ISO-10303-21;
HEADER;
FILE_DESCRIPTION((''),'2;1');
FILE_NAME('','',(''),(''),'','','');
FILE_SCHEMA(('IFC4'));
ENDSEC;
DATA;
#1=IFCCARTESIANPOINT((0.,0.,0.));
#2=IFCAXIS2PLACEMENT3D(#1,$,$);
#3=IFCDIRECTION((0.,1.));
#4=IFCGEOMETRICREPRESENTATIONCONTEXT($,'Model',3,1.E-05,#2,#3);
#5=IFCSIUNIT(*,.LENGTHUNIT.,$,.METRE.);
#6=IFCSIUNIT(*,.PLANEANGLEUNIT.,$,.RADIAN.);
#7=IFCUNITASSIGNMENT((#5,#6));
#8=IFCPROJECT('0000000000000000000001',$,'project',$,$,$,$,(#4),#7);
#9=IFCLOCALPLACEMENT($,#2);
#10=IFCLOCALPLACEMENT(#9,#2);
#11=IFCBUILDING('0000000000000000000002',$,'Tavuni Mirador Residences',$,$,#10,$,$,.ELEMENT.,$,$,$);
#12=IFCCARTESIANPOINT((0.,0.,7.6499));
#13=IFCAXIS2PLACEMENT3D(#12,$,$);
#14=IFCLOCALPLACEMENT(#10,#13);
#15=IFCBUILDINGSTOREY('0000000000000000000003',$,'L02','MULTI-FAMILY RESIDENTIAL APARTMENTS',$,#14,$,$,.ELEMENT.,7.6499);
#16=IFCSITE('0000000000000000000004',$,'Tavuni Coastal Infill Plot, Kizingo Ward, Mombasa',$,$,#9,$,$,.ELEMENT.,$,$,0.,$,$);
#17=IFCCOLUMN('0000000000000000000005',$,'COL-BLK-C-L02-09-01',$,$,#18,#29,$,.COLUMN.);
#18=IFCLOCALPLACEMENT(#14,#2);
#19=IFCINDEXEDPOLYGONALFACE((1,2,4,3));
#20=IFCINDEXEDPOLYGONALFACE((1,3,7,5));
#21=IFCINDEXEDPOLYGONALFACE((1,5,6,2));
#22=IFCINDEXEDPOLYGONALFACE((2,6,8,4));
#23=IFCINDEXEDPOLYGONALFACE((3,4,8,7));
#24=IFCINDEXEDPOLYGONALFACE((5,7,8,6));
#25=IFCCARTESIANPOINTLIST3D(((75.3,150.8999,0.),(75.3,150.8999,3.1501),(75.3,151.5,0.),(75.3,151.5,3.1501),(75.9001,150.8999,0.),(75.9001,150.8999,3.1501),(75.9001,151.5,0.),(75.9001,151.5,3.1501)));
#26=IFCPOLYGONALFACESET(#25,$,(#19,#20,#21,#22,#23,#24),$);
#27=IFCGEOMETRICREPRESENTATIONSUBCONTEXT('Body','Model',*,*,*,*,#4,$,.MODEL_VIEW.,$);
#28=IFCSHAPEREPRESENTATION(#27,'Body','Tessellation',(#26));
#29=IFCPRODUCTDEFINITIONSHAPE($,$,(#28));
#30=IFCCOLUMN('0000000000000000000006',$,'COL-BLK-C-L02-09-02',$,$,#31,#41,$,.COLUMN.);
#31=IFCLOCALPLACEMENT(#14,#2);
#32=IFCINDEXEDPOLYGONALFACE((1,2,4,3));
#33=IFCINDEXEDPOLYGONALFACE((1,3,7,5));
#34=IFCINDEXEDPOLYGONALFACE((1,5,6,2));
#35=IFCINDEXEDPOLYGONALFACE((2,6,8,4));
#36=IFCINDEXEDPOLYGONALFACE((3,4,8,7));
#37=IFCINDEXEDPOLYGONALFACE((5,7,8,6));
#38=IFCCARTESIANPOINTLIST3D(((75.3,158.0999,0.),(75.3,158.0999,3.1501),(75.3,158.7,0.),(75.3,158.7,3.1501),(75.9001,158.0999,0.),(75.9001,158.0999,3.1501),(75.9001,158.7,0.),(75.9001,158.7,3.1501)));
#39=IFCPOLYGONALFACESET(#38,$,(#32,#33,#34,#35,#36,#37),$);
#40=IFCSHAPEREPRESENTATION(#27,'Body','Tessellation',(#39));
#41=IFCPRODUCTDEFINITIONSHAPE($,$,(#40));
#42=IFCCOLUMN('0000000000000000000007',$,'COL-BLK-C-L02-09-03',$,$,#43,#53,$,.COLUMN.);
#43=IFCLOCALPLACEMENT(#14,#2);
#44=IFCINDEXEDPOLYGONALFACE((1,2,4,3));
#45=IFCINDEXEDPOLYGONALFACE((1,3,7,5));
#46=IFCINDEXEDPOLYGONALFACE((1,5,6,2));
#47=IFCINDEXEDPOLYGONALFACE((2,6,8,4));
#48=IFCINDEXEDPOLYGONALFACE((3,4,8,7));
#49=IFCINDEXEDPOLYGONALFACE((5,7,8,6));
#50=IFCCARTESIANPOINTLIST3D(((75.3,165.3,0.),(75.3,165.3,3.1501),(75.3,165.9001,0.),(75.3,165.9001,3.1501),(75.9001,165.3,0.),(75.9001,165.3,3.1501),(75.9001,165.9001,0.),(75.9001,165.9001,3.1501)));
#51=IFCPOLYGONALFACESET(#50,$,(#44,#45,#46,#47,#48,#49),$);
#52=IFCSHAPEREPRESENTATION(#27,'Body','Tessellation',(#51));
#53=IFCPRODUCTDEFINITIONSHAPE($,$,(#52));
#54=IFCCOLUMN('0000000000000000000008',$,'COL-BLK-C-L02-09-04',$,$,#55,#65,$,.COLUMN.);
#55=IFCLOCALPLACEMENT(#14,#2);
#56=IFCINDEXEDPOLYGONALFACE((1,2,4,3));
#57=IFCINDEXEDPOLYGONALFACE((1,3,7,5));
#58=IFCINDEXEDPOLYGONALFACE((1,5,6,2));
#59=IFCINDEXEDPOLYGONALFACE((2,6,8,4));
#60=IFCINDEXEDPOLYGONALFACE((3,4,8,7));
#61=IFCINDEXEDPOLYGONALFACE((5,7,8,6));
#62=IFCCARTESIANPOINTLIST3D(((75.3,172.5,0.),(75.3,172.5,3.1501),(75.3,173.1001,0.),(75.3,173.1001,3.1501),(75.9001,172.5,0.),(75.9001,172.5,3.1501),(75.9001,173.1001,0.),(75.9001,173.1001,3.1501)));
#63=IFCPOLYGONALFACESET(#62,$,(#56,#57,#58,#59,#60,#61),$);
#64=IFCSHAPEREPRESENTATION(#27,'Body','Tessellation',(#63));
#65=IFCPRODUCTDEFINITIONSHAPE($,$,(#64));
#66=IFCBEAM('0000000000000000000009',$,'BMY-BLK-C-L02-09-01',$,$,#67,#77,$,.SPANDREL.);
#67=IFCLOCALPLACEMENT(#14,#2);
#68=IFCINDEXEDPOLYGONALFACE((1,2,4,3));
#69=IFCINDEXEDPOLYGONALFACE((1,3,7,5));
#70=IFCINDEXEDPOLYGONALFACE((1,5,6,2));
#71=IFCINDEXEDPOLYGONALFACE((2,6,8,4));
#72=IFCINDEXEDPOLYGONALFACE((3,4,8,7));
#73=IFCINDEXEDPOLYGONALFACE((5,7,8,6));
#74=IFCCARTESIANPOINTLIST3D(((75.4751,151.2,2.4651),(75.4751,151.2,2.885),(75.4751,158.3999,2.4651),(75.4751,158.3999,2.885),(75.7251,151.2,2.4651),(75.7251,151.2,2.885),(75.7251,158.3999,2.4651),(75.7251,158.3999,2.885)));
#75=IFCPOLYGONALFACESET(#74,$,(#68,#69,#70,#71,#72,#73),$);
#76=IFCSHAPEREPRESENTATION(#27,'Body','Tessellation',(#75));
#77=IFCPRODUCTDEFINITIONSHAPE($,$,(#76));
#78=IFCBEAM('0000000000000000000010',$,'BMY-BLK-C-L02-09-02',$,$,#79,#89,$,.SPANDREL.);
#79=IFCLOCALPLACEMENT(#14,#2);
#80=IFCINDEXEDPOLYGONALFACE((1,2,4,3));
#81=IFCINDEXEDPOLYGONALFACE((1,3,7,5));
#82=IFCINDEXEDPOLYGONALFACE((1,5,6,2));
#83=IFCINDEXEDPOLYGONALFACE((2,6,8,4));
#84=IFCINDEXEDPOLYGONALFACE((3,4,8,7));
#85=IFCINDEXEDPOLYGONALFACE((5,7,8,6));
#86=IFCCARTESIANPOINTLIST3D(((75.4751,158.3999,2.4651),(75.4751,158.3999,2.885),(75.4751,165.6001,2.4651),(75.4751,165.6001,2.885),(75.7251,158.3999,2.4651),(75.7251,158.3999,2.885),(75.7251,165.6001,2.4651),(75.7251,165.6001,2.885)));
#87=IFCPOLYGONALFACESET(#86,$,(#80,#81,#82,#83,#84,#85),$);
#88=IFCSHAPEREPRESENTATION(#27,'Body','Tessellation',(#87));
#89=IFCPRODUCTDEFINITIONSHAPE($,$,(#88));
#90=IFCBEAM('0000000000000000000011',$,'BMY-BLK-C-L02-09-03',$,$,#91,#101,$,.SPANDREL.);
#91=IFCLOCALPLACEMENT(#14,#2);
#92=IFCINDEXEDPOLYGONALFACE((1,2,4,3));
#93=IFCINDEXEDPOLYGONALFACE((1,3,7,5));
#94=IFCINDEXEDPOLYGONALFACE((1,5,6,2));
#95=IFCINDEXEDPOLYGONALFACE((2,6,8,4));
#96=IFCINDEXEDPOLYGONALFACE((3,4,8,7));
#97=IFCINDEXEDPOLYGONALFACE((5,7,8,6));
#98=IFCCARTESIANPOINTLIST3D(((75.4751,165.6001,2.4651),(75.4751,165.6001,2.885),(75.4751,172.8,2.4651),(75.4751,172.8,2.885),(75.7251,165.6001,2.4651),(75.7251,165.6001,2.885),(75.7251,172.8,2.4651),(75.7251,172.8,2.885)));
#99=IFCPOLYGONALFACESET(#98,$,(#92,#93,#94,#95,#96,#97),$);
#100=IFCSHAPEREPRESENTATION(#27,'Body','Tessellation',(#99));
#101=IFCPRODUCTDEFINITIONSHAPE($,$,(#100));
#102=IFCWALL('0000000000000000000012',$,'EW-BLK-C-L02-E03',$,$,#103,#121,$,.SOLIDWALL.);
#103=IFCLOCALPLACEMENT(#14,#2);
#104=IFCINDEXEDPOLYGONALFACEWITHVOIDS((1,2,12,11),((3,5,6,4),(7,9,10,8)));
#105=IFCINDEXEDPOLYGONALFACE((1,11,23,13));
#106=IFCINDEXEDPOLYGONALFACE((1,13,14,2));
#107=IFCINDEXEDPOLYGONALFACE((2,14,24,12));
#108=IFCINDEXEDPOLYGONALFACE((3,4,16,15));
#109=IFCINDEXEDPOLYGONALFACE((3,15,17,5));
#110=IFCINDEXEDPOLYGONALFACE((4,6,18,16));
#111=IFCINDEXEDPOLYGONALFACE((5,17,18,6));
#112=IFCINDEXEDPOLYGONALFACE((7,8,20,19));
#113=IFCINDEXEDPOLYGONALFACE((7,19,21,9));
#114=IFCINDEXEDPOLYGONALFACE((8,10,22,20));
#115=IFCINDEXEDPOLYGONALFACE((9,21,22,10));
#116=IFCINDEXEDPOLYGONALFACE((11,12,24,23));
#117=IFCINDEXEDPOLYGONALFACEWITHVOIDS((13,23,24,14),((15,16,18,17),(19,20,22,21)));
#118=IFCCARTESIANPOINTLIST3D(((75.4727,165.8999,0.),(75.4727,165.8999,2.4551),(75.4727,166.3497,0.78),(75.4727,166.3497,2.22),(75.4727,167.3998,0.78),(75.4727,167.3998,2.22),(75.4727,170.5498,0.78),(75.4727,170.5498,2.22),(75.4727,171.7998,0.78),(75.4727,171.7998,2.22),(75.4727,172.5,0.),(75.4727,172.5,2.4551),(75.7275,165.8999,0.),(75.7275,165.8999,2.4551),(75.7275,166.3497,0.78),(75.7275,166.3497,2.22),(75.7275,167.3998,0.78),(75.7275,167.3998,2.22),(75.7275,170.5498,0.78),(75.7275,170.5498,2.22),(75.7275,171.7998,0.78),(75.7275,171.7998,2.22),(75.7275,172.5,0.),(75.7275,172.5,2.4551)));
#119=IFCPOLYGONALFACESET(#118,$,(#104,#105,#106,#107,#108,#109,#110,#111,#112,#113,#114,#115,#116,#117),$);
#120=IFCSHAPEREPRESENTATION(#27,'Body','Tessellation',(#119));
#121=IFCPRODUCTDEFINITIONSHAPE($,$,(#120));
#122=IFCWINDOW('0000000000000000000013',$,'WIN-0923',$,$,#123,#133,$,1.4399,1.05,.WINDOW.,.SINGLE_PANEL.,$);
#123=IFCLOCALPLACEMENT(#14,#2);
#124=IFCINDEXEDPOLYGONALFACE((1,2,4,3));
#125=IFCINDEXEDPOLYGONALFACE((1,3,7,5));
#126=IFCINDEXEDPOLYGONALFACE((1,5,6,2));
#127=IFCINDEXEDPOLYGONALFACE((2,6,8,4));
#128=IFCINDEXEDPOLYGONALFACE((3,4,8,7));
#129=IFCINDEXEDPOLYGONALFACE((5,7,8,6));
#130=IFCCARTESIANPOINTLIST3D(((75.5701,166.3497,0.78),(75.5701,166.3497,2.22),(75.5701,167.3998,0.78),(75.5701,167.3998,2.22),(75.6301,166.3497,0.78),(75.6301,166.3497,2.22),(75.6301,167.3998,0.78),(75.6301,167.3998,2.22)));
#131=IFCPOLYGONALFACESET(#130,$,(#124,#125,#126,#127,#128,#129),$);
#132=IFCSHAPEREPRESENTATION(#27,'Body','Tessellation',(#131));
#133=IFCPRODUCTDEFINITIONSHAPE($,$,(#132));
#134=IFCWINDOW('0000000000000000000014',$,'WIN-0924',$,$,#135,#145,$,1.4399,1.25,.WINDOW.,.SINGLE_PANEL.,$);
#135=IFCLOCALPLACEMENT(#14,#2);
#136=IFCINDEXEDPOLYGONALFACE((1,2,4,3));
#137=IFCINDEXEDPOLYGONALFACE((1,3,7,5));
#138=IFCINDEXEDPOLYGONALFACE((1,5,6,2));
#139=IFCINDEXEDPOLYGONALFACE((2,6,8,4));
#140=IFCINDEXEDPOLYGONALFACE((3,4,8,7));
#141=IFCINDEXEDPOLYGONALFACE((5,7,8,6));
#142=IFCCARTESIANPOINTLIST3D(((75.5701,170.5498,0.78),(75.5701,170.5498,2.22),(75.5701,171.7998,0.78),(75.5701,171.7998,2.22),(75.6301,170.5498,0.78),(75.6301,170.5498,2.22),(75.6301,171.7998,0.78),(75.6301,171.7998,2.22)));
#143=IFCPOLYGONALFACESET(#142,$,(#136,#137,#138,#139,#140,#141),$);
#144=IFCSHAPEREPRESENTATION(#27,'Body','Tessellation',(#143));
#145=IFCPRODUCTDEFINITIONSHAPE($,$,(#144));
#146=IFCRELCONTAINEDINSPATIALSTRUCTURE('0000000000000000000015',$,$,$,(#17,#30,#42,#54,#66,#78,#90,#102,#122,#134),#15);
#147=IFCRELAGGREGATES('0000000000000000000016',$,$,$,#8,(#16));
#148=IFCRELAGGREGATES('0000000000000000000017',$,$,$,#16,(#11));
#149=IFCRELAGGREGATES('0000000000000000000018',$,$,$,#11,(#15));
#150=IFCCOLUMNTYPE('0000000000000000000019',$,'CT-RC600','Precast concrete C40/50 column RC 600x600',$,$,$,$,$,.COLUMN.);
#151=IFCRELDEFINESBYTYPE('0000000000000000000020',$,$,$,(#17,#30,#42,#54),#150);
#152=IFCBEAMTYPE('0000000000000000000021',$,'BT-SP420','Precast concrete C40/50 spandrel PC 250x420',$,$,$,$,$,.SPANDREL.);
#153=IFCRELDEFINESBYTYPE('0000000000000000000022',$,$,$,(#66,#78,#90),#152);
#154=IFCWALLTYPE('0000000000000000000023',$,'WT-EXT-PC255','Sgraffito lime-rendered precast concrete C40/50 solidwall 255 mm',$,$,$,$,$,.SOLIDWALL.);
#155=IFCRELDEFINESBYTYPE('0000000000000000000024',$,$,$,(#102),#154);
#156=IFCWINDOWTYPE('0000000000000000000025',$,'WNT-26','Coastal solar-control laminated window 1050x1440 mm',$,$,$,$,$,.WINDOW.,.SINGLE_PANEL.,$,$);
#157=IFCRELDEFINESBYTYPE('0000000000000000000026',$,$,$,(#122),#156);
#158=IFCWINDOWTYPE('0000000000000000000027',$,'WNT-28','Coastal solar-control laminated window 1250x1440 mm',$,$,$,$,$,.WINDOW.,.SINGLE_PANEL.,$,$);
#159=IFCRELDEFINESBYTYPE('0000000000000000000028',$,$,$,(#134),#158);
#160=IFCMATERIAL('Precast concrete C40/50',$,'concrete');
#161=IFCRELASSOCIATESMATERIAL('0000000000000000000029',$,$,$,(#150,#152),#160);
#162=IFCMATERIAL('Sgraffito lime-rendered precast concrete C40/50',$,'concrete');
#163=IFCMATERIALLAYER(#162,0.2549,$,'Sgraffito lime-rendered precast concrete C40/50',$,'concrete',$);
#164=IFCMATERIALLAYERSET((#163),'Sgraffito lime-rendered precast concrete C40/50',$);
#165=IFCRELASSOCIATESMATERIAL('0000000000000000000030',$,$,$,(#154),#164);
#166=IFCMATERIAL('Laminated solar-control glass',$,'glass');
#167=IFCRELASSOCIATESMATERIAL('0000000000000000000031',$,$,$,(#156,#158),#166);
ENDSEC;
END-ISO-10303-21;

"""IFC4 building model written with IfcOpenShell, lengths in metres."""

from ifc_helpers import new_model, si_unit, direction, frame, frame_2d, origin, origin_2d, place, context, subcontext, project, spatial, rectangle, extrude, material, layer, layer_set, material_profile, profile_set, type_object, element, fill, save


model = new_model("IFC4")

# Units and contexts
model_context = context("Model", 3, precision=1e-05, world=origin(), true_north=direction((0.0, 1.0)))
body_context = subcontext(model_context, "Body", "Model", "MODEL_VIEW")
ifc_project = project(units=[si_unit("LENGTHUNIT", "METRE"), si_unit("PLANEANGLEUNIT", "RADIAN")], contexts=[model_context])

# Site, building, storey
site_placement = place(None, origin())
site = spatial("IfcSite", under=ifc_project, at=site_placement, Name="Tavuni Coastal Infill Plot, Kizingo Ward, Mombasa", CompositionType="ELEMENT", RefElevation=0.0)
building_placement = place(site_placement, origin())
building = spatial("IfcBuilding", under=site, at=building_placement, Name="Tavuni Mirador Residences", CompositionType="ELEMENT")
storey_placement = place(building_placement, frame((0.0, 0.0, 7.6499)))
storey = spatial("IfcBuildingStorey", under=building, at=storey_placement, Name="L02", Description="MULTI-FAMILY RESIDENTIAL APARTMENTS", CompositionType="ELEMENT", Elevation=7.6499)

# Columns
ifc_material_1 = material(Name="Precast concrete C40/50", Category="concrete")
ifc_material_profile_1 = material_profile(ifc_material_1, rectangle(XDim=0.6001, YDim=0.6001, at=origin_2d()), Name="RC 600x600", Category="concrete")
ifc_profile_set_1 = profile_set([ifc_material_profile_1], Name="Precast concrete C40/50")
column_type = type_object("IfcColumnType", Name="CT-RC600", Description="Precast concrete C40/50 column RC 600x600", PredefinedType="COLUMN", material=ifc_profile_set_1)
for number, where, z_axis, x_axis, name in (
    (1, (75.6001, 151.2, 0.0), (0.0, 0.0, 1.0), (1.0, 0.0, 0.0), "COL-BLK-C-L02-09-01"),
    (2, (75.6001, 158.3999, 0.0), (0.0, 0.0, 1.0), (1.0, 0.0, 0.0), "COL-BLK-C-L02-09-02"),
    (3, (75.6001, 165.6001, 0.0), (0.0, 0.0, 1.0), (1.0, 0.0, 0.0), "COL-BLK-C-L02-09-03"),
    (4, (75.6001, 172.8, 0.0), (0.0, 0.0, 1.0), (1.0, 0.0, 0.0), "COL-BLK-C-L02-09-04"),
):
    element("IfcColumn", number, at=place(storey_placement, frame(where, z_axis=z_axis, x_axis=x_axis)), inside=storey, type_object=column_type, Name=name, PredefinedType="COLUMN", context=body_context, shape_type="SweptSolid", body=[
        extrude(rectangle(XDim=0.6001, YDim=0.6001, at=origin_2d()), origin(), (0.0, 0.0, 1.0), 3.1501),
    ])

# Beams
ifc_material_profile_2 = material_profile(ifc_material_1, rectangle(XDim=0.25, YDim=0.4199, at=origin_2d()), Name="PC 250x420", Category="concrete")
ifc_profile_set_2 = profile_set([ifc_material_profile_2], Name="Precast concrete C40/50")
beam_type = type_object("IfcBeamType", Name="BT-SP420", Description="Precast concrete C40/50 spandrel PC 250x420", PredefinedType="SPANDREL", material=ifc_profile_set_2)
beam_1_placement = place(storey_placement, frame((75.6001, 151.2, 2.675), z_axis=(0.0, 1.0, 0.0), x_axis=(-1.0, 0.0, 0.0)))
element("IfcBeam", 5, at=beam_1_placement, inside=storey, type_object=beam_type, Name="BMY-BLK-C-L02-09-01", PredefinedType="SPANDREL", context=body_context, shape_type="SweptSolid", body=[
    extrude(rectangle(XDim=0.25, YDim=0.4199, at=origin_2d()), origin(), (0.0, 0.0, 1.0), 7.2),
])
beam_2_placement = place(storey_placement, frame((75.6001, 158.3999, 2.675), z_axis=(0.0, 1.0, 0.0), x_axis=(-1.0, 0.0, 0.0)))
element("IfcBeam", 6, at=beam_2_placement, inside=storey, type_object=beam_type, Name="BMY-BLK-C-L02-09-02", PredefinedType="SPANDREL", context=body_context, shape_type="SweptSolid", body=[
    extrude(rectangle(XDim=0.25, YDim=0.4199, at=origin_2d()), origin(), (0.0, 0.0, 1.0), 7.2002),
])
beam_3_placement = place(storey_placement, frame((75.6001, 165.6001, 2.675), z_axis=(0.0, 1.0, 0.0), x_axis=(-1.0, 0.0, 0.0)))
element("IfcBeam", 7, at=beam_3_placement, inside=storey, type_object=beam_type, Name="BMY-BLK-C-L02-09-03", PredefinedType="SPANDREL", context=body_context, shape_type="SweptSolid", body=[
    extrude(rectangle(XDim=0.25, YDim=0.4199, at=origin_2d()), origin(), (0.0, 0.0, 1.0), 7.2),
])

# Wall, openings, windows
ifc_material_2 = material(Name="Sgraffito lime-rendered precast concrete C40/50", Category="concrete")
ifc_layer_1 = layer(ifc_material_2, 0.2549, Name="Sgraffito lime-rendered precast concrete C40/50", Category="concrete")
ifc_layer_set_1 = layer_set([ifc_layer_1], Name="Sgraffito lime-rendered precast concrete C40/50")
wall_type_1 = type_object("IfcWallType", Name="WT-EXT-PC255", Description="Sgraffito lime-rendered precast concrete C40/50 solidwall 255 mm", PredefinedType="SOLIDWALL", material=ifc_layer_set_1)
wall_1_placement = place(storey_placement, frame((75.6001, 165.8999, 0.0), z_axis=(0.0, 0.0, 1.0), x_axis=(0.0, 1.0, 0.0)))
wall_1 = element("IfcWall", 8, at=wall_1_placement, inside=storey, type_object=wall_type_1, Name="EW-BLK-C-L02-E03", PredefinedType="SOLIDWALL", context=body_context, shape_type="SweptSolid", body=[
    extrude(rectangle(XDim=6.6001, YDim=0.2549, at=frame_2d((3.3, 0.0))), origin(), (0.0, 0.0, 1.0), 2.4551),
])
opening_1_placement = place(wall_1_placement, frame((0.45, 0.0, 0.78)))
opening_1 = element("IfcOpeningElement", 9, at=opening_1_placement, cuts=wall_1, PredefinedType="OPENING", context=body_context, shape_type="SweptSolid", body=[
    extrude(rectangle(XDim=1.05, YDim=1.4399, at=frame_2d((0.5249, 0.72))), frame((0.0, 0.1375, 0.0), z_axis=(0.0, -1.0, 0.0), x_axis=(1.0, 0.0, 0.0)), (0.0, 0.0, 1.0), 0.2749),
])
opening_2_placement = place(wall_1_placement, frame((4.6499, 0.0, 0.78)))
opening_2 = element("IfcOpeningElement", 10, at=opening_2_placement, cuts=wall_1, PredefinedType="OPENING", context=body_context, shape_type="SweptSolid", body=[
    extrude(rectangle(XDim=1.25, YDim=1.4399, at=frame_2d((0.625, 0.72))), frame((0.0, 0.1375, 0.0), z_axis=(0.0, -1.0, 0.0), x_axis=(1.0, 0.0, 0.0)), (0.0, 0.0, 1.0), 0.2749),
])
ifc_material_3 = material(Name="Laminated solar-control glass", Category="glass")
window_type_1 = type_object("IfcWindowType", Name="WNT-26", Description="Coastal solar-control laminated window 1050x1440 mm", PartitioningType="SINGLE_PANEL", PredefinedType="WINDOW", material=ifc_material_3)
window_1_placement = place(opening_1_placement, origin())
window_1 = element("IfcWindow", 11, at=window_1_placement, inside=storey, type_object=window_type_1, Name="WIN-0923", OverallHeight=1.4399, OverallWidth=1.05, PartitioningType="SINGLE_PANEL", PredefinedType="WINDOW", context=body_context, shape_type="SweptSolid", body=[
    extrude(rectangle(XDim=1.05, YDim=1.4399, at=frame_2d((0.5249, 0.72))), frame((0.0, 0.03, 0.0), z_axis=(0.0, -1.0, 0.0), x_axis=(1.0, 0.0, 0.0)), (0.0, 0.0, 1.0), 0.0601),
])
fill(opening_1, window_1)
window_type_2 = type_object("IfcWindowType", Name="WNT-28", Description="Coastal solar-control laminated window 1250x1440 mm", PartitioningType="SINGLE_PANEL", PredefinedType="WINDOW", material=ifc_material_3)
window_2_placement = place(opening_2_placement, origin())
window_2 = element("IfcWindow", 12, at=window_2_placement, inside=storey, type_object=window_type_2, Name="WIN-0924", OverallHeight=1.4399, OverallWidth=1.25, PartitioningType="SINGLE_PANEL", PredefinedType="WINDOW", context=body_context, shape_type="SweptSolid", body=[
    extrude(rectangle(XDim=1.25, YDim=1.4399, at=frame_2d((0.625, 0.72))), frame((0.0, 0.03, 0.0), z_axis=(0.0, -1.0, 0.0), x_axis=(1.0, 0.0, 0.0)), (0.0, 0.0, 1.0), 0.0601),
])
fill(opening_2, window_2)

save(model, "model.ifc")
